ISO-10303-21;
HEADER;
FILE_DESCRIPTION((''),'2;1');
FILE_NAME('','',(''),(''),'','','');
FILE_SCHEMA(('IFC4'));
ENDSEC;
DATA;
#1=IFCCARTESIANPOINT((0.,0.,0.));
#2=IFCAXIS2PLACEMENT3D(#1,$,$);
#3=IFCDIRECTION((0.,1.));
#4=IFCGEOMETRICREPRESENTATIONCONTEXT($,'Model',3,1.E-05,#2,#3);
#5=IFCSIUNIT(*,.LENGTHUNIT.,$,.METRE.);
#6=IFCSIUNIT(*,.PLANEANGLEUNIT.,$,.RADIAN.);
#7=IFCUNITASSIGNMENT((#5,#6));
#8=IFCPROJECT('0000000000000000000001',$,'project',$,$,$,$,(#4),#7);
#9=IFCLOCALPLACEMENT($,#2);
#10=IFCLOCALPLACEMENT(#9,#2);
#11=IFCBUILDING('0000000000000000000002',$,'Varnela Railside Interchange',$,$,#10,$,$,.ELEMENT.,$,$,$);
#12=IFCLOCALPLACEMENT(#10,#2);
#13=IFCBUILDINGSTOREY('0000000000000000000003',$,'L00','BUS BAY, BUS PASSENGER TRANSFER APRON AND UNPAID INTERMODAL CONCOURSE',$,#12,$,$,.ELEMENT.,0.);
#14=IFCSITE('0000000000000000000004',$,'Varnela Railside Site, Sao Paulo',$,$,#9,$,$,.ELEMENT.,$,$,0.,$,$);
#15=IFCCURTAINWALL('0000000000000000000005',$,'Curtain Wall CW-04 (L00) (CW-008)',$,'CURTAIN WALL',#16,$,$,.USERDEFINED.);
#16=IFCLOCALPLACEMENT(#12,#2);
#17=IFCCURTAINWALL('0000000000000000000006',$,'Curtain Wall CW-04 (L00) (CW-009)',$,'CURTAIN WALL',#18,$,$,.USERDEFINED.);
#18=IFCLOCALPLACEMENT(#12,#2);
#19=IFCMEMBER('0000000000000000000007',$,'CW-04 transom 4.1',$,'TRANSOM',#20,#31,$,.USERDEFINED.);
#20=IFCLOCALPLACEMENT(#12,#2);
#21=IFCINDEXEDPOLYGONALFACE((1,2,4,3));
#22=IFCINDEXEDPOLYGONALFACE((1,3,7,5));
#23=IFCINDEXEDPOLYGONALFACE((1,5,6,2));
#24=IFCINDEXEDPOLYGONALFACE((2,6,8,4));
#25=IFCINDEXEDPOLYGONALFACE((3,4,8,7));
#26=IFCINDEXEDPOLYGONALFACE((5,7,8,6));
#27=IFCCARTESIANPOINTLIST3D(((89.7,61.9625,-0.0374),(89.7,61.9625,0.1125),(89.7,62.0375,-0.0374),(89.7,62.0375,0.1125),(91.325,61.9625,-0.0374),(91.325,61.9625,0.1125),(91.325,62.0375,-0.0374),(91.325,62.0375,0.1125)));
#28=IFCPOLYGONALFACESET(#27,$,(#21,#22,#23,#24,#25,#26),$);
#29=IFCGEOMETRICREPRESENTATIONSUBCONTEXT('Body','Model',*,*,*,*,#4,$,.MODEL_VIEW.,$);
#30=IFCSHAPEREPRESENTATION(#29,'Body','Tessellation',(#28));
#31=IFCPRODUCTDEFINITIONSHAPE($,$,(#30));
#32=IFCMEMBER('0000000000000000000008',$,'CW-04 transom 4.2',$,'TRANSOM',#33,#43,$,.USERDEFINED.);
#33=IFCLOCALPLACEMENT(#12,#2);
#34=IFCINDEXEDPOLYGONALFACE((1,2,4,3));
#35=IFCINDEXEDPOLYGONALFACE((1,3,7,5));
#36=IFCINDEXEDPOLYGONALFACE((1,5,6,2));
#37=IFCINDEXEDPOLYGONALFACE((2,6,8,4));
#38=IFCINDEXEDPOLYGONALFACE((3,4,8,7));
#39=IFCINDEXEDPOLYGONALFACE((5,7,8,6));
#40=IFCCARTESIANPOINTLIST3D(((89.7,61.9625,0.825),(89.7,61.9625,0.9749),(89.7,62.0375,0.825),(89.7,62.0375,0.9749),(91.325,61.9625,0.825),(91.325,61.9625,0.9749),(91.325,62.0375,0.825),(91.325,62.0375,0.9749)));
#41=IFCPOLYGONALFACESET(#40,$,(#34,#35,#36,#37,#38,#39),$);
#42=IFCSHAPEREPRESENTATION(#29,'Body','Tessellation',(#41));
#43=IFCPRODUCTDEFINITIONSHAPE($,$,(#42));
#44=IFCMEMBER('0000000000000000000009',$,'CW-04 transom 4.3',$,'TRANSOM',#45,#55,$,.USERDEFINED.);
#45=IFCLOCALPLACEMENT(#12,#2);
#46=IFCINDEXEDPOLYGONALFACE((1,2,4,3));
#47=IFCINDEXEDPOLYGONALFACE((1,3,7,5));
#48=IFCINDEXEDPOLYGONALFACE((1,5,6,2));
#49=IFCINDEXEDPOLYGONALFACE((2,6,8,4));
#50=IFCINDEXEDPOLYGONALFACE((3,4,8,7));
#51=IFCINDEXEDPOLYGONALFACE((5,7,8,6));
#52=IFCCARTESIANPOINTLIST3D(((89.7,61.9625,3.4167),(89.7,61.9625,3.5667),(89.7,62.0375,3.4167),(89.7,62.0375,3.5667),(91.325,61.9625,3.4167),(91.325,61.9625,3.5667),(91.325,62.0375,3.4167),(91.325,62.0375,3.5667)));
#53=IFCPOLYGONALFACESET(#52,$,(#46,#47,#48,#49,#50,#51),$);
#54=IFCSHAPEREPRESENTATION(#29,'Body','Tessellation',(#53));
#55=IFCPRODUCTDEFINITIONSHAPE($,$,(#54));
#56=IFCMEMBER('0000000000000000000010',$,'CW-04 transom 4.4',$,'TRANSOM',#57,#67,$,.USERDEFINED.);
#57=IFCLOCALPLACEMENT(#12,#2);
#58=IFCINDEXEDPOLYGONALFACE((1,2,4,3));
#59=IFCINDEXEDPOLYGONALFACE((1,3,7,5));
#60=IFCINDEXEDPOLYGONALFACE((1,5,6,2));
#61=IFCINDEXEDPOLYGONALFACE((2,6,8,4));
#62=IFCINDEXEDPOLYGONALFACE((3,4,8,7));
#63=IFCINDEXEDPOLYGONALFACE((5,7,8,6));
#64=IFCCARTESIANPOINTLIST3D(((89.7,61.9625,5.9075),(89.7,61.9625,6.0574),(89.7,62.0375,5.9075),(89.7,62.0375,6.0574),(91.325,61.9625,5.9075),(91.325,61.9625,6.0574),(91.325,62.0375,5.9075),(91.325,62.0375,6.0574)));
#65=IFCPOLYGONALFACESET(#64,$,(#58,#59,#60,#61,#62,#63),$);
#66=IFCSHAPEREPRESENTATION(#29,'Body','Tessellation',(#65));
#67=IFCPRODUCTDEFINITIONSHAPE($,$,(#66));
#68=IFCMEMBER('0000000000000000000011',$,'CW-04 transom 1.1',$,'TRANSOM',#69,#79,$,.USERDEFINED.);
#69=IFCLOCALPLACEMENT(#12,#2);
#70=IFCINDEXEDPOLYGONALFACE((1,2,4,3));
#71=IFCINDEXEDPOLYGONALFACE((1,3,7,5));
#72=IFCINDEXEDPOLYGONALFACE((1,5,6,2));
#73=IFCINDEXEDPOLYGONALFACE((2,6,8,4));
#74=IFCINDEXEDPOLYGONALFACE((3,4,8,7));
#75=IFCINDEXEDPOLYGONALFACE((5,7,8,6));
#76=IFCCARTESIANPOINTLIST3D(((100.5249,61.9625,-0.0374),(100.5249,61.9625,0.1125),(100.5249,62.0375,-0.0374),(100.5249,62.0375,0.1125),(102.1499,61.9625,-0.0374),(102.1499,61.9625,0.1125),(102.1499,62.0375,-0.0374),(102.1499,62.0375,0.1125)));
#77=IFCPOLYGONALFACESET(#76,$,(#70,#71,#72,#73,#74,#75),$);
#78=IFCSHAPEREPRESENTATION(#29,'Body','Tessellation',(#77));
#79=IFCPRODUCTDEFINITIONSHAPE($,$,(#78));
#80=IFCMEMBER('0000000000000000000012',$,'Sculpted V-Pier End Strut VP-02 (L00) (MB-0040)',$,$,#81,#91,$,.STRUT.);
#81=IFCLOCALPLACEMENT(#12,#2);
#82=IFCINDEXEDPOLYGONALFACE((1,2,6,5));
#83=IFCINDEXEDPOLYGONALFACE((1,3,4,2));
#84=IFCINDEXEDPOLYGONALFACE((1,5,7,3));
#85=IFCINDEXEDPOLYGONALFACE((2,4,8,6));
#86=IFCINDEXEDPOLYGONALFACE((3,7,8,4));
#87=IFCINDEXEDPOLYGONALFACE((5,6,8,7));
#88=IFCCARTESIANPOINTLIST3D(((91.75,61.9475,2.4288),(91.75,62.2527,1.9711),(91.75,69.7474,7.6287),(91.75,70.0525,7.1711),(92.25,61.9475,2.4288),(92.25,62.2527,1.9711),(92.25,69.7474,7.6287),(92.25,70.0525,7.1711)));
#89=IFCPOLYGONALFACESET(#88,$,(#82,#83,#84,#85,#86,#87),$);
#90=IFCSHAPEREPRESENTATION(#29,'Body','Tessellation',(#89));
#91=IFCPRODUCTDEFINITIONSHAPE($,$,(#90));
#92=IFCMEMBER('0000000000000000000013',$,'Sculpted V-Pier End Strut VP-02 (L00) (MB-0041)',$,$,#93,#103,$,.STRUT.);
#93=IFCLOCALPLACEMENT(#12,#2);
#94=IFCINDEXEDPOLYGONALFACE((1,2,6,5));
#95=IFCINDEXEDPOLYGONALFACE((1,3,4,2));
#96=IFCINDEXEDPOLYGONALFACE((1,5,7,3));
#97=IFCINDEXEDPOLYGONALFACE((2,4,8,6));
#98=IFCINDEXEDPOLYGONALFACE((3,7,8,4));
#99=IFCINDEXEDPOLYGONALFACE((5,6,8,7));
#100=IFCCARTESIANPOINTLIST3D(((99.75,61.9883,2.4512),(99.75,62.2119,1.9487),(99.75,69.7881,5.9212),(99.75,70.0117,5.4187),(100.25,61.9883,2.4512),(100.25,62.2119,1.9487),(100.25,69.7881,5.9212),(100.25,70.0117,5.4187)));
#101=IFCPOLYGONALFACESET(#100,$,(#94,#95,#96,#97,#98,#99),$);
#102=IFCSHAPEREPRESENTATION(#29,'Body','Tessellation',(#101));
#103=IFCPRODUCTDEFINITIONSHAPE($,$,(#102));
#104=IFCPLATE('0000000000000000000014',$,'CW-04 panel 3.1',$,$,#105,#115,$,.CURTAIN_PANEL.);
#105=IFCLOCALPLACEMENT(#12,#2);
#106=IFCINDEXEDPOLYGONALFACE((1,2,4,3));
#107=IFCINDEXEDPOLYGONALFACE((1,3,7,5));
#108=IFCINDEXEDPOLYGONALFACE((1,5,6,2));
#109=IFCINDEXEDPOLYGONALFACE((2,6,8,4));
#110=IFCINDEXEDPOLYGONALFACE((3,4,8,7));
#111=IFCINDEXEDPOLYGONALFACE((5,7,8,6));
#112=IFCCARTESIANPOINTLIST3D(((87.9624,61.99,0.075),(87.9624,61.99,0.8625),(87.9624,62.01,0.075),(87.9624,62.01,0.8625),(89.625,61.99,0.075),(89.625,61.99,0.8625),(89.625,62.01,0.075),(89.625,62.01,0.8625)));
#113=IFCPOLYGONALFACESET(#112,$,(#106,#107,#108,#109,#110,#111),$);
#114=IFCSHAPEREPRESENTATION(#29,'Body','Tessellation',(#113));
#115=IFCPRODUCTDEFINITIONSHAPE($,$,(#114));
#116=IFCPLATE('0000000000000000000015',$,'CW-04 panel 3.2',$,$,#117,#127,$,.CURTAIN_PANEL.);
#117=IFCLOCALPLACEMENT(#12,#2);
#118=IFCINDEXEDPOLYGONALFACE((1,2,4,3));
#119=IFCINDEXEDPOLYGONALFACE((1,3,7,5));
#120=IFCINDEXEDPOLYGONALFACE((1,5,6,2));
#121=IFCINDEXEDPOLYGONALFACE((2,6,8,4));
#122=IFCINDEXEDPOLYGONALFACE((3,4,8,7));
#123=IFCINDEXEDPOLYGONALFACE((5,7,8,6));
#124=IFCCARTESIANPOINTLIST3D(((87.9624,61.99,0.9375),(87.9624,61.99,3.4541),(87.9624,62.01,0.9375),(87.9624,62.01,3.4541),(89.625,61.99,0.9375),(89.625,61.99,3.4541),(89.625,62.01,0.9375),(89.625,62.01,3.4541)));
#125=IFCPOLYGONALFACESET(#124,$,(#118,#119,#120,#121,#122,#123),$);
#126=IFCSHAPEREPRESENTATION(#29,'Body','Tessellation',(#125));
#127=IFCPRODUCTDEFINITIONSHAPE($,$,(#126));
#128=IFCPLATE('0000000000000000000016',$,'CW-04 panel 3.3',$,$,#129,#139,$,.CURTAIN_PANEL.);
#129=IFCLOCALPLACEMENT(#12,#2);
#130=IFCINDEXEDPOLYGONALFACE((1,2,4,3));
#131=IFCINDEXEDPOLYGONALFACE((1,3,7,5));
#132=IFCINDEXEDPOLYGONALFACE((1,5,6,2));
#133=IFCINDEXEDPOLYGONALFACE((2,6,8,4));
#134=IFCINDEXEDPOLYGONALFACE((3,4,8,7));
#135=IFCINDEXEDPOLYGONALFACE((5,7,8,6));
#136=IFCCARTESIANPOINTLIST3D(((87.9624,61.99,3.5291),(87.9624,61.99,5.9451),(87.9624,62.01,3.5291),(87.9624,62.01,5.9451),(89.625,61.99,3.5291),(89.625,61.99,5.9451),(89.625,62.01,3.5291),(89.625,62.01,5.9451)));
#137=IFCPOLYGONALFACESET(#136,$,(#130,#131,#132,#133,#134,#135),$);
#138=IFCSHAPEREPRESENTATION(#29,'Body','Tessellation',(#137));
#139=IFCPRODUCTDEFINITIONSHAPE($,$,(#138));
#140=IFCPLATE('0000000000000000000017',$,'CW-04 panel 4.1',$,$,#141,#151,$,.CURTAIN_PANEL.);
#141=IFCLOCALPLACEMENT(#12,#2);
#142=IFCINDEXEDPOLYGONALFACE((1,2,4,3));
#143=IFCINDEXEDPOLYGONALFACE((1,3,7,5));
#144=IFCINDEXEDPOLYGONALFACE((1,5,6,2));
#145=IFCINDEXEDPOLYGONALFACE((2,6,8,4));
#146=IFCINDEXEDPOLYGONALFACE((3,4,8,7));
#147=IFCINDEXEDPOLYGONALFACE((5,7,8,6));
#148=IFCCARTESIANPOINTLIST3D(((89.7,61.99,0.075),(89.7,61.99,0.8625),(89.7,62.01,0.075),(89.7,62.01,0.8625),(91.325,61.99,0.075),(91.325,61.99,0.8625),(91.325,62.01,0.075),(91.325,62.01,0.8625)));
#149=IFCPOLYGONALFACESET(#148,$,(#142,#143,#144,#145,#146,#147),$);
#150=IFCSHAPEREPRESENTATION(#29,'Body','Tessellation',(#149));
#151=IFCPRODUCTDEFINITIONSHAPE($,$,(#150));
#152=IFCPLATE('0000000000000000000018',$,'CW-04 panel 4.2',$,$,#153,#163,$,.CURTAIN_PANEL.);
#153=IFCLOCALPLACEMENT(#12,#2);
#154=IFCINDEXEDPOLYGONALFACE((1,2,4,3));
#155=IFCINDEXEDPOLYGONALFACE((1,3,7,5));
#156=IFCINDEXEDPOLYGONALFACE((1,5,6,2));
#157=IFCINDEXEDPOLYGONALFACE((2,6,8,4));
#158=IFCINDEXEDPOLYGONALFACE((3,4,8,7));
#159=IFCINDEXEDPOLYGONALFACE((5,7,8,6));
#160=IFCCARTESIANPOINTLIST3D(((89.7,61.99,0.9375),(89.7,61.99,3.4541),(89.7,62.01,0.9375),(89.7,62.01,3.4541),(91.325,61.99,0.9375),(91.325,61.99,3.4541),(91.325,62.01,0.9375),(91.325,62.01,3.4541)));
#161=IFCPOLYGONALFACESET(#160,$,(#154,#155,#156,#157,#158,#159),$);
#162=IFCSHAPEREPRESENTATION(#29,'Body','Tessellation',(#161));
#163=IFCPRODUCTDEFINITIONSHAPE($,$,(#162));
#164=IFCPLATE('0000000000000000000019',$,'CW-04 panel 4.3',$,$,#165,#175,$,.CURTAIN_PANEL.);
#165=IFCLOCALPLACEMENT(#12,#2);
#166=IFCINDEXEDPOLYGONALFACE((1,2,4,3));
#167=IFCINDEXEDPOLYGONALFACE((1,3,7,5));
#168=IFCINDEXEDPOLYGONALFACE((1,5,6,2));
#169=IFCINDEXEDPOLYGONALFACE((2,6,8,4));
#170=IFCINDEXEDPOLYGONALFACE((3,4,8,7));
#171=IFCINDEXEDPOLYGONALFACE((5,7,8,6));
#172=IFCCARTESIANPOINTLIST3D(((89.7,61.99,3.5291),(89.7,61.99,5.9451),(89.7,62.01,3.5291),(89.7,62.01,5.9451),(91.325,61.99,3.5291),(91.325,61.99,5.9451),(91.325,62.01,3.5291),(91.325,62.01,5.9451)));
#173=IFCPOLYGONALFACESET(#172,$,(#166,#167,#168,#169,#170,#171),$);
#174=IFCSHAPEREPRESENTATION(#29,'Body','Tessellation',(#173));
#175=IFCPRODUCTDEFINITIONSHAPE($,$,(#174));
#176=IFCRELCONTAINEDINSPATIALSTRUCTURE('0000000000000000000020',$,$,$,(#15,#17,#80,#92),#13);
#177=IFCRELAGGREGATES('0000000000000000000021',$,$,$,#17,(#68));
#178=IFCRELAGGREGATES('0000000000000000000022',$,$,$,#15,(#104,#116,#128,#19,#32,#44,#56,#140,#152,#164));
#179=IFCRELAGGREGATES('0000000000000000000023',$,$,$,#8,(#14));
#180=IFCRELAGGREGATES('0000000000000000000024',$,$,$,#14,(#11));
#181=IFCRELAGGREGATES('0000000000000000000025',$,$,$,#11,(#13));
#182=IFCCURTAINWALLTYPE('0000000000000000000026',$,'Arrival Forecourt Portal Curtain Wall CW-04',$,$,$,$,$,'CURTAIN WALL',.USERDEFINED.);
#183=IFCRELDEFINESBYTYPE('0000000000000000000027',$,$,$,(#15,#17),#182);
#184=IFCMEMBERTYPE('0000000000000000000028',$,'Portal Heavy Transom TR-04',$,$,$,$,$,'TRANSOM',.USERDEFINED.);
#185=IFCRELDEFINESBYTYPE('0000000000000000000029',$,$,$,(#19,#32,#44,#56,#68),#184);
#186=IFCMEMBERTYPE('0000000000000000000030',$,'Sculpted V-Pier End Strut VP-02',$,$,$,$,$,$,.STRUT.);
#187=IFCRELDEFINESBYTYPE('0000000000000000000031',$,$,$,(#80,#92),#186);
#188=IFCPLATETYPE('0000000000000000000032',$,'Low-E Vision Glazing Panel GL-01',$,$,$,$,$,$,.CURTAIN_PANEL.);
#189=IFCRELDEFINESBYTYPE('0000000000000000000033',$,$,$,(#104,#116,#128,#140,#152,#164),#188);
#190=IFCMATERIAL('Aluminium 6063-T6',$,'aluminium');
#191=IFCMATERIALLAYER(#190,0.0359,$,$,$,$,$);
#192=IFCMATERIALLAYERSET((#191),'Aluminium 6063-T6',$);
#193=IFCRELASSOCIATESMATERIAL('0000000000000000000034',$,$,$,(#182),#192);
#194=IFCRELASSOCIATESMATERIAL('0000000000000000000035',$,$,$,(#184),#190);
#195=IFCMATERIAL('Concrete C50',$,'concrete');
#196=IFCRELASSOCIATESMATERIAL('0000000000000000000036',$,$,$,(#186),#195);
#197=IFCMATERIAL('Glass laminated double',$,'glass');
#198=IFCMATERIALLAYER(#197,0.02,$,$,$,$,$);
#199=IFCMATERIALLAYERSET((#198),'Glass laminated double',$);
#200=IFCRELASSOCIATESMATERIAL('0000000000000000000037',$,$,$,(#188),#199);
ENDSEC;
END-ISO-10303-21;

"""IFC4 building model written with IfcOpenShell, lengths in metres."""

from ifc_helpers import new_model, si_unit, direction, frame, origin, origin_2d, place, context, subcontext, project, spatial, rectangle, extrude, material, layer, layer_set, material_profile, profile_set, type_object, element, aggregate, save


model = new_model("IFC4")

# Units and contexts
model_context = context("Model", 3, precision=1e-05, world=origin(), true_north=direction((0.0, 1.0)))
body_context = subcontext(model_context, "Body", "Model", "MODEL_VIEW")
ifc_project = project(units=[si_unit("LENGTHUNIT", "METRE"), si_unit("PLANEANGLEUNIT", "RADIAN")], contexts=[model_context])

# Site, building, storey
site_placement = place(None, origin())
site = spatial("IfcSite", under=ifc_project, at=site_placement, Name="Varnela Railside Site, Sao Paulo", CompositionType="ELEMENT", RefElevation=0.0)
building_placement = place(site_placement, origin())
building = spatial("IfcBuilding", under=site, at=building_placement, Name="Varnela Railside Interchange", CompositionType="ELEMENT")
storey_placement = place(building_placement, origin())
storey = spatial("IfcBuildingStorey", under=building, at=storey_placement, Name="L00", Description="BUS BAY, BUS PASSENGER TRANSFER APRON AND UNPAID INTERMODAL CONCOURSE", CompositionType="ELEMENT", Elevation=0.0)

# Shared definitions
ifc_material_1 = material(Name="Concrete C50", Category="concrete")

# Curtain wall
ifc_material_2 = material(Name="Aluminium 6063-T6", Category="aluminium")
ifc_layer_1 = layer(ifc_material_2, 0.0359)
ifc_layer_set_1 = layer_set([ifc_layer_1], Name="Aluminium 6063-T6")
curtain_wall_type = type_object("IfcCurtainWallType", Name="Arrival Forecourt Portal Curtain Wall CW-04", ElementType="CURTAIN WALL", PredefinedType="USERDEFINED", material=ifc_layer_set_1)
curtain_wall_1_placement = place(storey_placement, origin())
curtain_wall_1 = element("IfcCurtainWall", 1, at=curtain_wall_1_placement, inside=storey, type_object=curtain_wall_type, Name="Curtain Wall CW-04 (L00) (CW-008)", ObjectType="CURTAIN WALL", PredefinedType="USERDEFINED")

# Curtain wall
curtain_wall_2_placement = place(storey_placement, origin())
curtain_wall_2 = element("IfcCurtainWall", 2, at=curtain_wall_2_placement, inside=storey, type_object=curtain_wall_type, Name="Curtain Wall CW-04 (L00) (CW-009)", ObjectType="CURTAIN WALL", PredefinedType="USERDEFINED")

# Members
ifc_material_profile_1 = material_profile(ifc_material_2, rectangle(XDim=0.075, YDim=0.1499, at=origin_2d()), Name="ALU 75x150")
ifc_profile_set_1 = profile_set([ifc_material_profile_1], Name="Aluminium 6063-T6")
member_type_1 = type_object("IfcMemberType", Name="Portal Heavy Transom TR-04", ElementType="TRANSOM", PredefinedType="USERDEFINED", material=ifc_profile_set_1)
member_1_placement = place(storey_placement, frame((89.7, 62.0, 0.0376), z_axis=(1.0, 0.0, 0.0), x_axis=(0.0, 1.0, 0.0)))
member_1 = element("IfcMember", 3, at=member_1_placement, type_object=member_type_1, Name="CW-04 transom 4.1", ObjectType="TRANSOM", PredefinedType="USERDEFINED", context=body_context, shape_type="SweptSolid", body=[
    extrude(rectangle(XDim=0.075, YDim=0.1499, at=origin_2d()), origin(), (0.0, 0.0, 1.0), 1.625),
])
member_2_placement = place(storey_placement, frame((89.7, 62.0, 0.8999), z_axis=(1.0, 0.0, 0.0), x_axis=(0.0, 1.0, 0.0)))
member_2 = element("IfcMember", 4, at=member_2_placement, type_object=member_type_1, Name="CW-04 transom 4.2", ObjectType="TRANSOM", PredefinedType="USERDEFINED", context=body_context, shape_type="SweptSolid", body=[
    extrude(rectangle(XDim=0.075, YDim=0.1499, at=origin_2d()), origin(), (0.0, 0.0, 1.0), 1.625),
])
member_3_placement = place(storey_placement, frame((89.7, 62.0, 3.4917), z_axis=(1.0, 0.0, 0.0), x_axis=(0.0, 1.0, 0.0)))
member_3 = element("IfcMember", 5, at=member_3_placement, type_object=member_type_1, Name="CW-04 transom 4.3", ObjectType="TRANSOM", PredefinedType="USERDEFINED", context=body_context, shape_type="SweptSolid", body=[
    extrude(rectangle(XDim=0.075, YDim=0.1499, at=origin_2d()), origin(), (0.0, 0.0, 1.0), 1.625),
])
member_4_placement = place(storey_placement, frame((89.7, 62.0, 5.9824), z_axis=(1.0, 0.0, 0.0), x_axis=(0.0, 1.0, 0.0)))
member_4 = element("IfcMember", 6, at=member_4_placement, type_object=member_type_1, Name="CW-04 transom 4.4", ObjectType="TRANSOM", PredefinedType="USERDEFINED", context=body_context, shape_type="SweptSolid", body=[
    extrude(rectangle(XDim=0.075, YDim=0.1499, at=origin_2d()), origin(), (0.0, 0.0, 1.0), 1.625),
])
member_5_placement = place(storey_placement, frame((100.5249, 62.0, 0.0376), z_axis=(1.0, 0.0, 0.0), x_axis=(0.0, 1.0, 0.0)))
member_5 = element("IfcMember", 7, at=member_5_placement, type_object=member_type_1, Name="CW-04 transom 1.1", ObjectType="TRANSOM", PredefinedType="USERDEFINED", context=body_context, shape_type="SweptSolid", body=[
    extrude(rectangle(XDim=0.075, YDim=0.1499, at=origin_2d()), origin(), (0.0, 0.0, 1.0), 1.625),
])
aggregate(curtain_wall_2, [member_5])

# Members
ifc_material_profile_2 = material_profile(ifc_material_1, rectangle(XDim=0.5, YDim=0.55, at=origin_2d()), Name="RC 500x550")
ifc_profile_set_2 = profile_set([ifc_material_profile_2], Name="Concrete C50")
member_type_2 = type_object("IfcMemberType", Name="Sculpted V-Pier End Strut VP-02", PredefinedType="STRUT", material=ifc_profile_set_2)
member_6_placement = place(storey_placement, frame((92.0, 62.1001, 2.2), z_axis=(0.0, 0.832046, 0.554706), x_axis=(-1.0, 0.0, 0.0)))
element("IfcMember", 8, at=member_6_placement, inside=storey, type_object=member_type_2, Name="Sculpted V-Pier End Strut VP-02 (L00) (MB-0040)", PredefinedType="STRUT", context=body_context, shape_type="SweptSolid", body=[
    extrude(rectangle(XDim=0.5, YDim=0.55, at=origin_2d()), origin(), (0.0, 0.0, 1.0), 9.3743),
])
member_7_placement = place(storey_placement, frame((100.0, 62.1001, 2.2), z_axis=(0.0, 0.913664, 0.40647), x_axis=(-1.0, 0.0, 0.0)))
element("IfcMember", 9, at=member_7_placement, inside=storey, type_object=member_type_2, Name="Sculpted V-Pier End Strut VP-02 (L00) (MB-0041)", PredefinedType="STRUT", context=body_context, shape_type="SweptSolid", body=[
    extrude(rectangle(XDim=0.5, YDim=0.55, at=origin_2d()), origin(), (0.0, 0.0, 1.0), 8.5369),
])

# Plates
ifc_material_3 = material(Name="Glass laminated double", Category="glass")
ifc_layer_2 = layer(ifc_material_3, 0.02)
ifc_layer_set_2 = layer_set([ifc_layer_2], Name="Glass laminated double")
plate_type = type_object("IfcPlateType", Name="Low-E Vision Glazing Panel GL-01", PredefinedType="CURTAIN_PANEL", material=ifc_layer_set_2)
plate_1_placement = place(storey_placement, frame((88.7937, 62.0, 0.075), z_axis=(0.0, 0.0, 1.0), x_axis=(1.0, 0.0, 0.0)))
plate_1 = element("IfcPlate", 10, at=plate_1_placement, type_object=plate_type, Name="CW-04 panel 3.1", PredefinedType="CURTAIN_PANEL", context=body_context, shape_type="SweptSolid", body=[
    extrude(rectangle(XDim=1.6626, YDim=0.02, at=origin_2d()), origin(), (0.0, 0.0, 1.0), 0.7876),
])
plate_2_placement = place(storey_placement, frame((88.7937, 62.0, 0.9375), z_axis=(0.0, 0.0, 1.0), x_axis=(1.0, 0.0, 0.0)))
plate_2 = element("IfcPlate", 11, at=plate_2_placement, type_object=plate_type, Name="CW-04 panel 3.2", PredefinedType="CURTAIN_PANEL", context=body_context, shape_type="SweptSolid", body=[
    extrude(rectangle(XDim=1.6626, YDim=0.02, at=origin_2d()), origin(), (0.0, 0.0, 1.0), 2.5166),
])
plate_3_placement = place(storey_placement, frame((88.7937, 62.0, 3.5291), z_axis=(0.0, 0.0, 1.0), x_axis=(1.0, 0.0, 0.0)))
plate_3 = element("IfcPlate", 12, at=plate_3_placement, type_object=plate_type, Name="CW-04 panel 3.3", PredefinedType="CURTAIN_PANEL", context=body_context, shape_type="SweptSolid", body=[
    extrude(rectangle(XDim=1.6626, YDim=0.02, at=origin_2d()), origin(), (0.0, 0.0, 1.0), 2.416),
])
plate_4_placement = place(storey_placement, frame((90.5125, 62.0, 0.075), z_axis=(0.0, 0.0, 1.0), x_axis=(1.0, 0.0, 0.0)))
plate_4 = element("IfcPlate", 13, at=plate_4_placement, type_object=plate_type, Name="CW-04 panel 4.1", PredefinedType="CURTAIN_PANEL", context=body_context, shape_type="SweptSolid", body=[
    extrude(rectangle(XDim=1.625, YDim=0.02, at=origin_2d()), origin(), (0.0, 0.0, 1.0), 0.7876),
])
plate_5_placement = place(storey_placement, frame((90.5125, 62.0, 0.9375), z_axis=(0.0, 0.0, 1.0), x_axis=(1.0, 0.0, 0.0)))
plate_5 = element("IfcPlate", 14, at=plate_5_placement, type_object=plate_type, Name="CW-04 panel 4.2", PredefinedType="CURTAIN_PANEL", context=body_context, shape_type="SweptSolid", body=[
    extrude(rectangle(XDim=1.625, YDim=0.02, at=origin_2d()), origin(), (0.0, 0.0, 1.0), 2.5166),
])
plate_6_placement = place(storey_placement, frame((90.5125, 62.0, 3.5291), z_axis=(0.0, 0.0, 1.0), x_axis=(1.0, 0.0, 0.0)))
plate_6 = element("IfcPlate", 15, at=plate_6_placement, type_object=plate_type, Name="CW-04 panel 4.3", PredefinedType="CURTAIN_PANEL", context=body_context, shape_type="SweptSolid", body=[
    extrude(rectangle(XDim=1.625, YDim=0.02, at=origin_2d()), origin(), (0.0, 0.0, 1.0), 2.416),
])
aggregate(curtain_wall_1, [plate_1, plate_2, plate_3, member_1, member_2, member_3, member_4, plate_4, plate_5, plate_6])

save(model, "model.ifc")
